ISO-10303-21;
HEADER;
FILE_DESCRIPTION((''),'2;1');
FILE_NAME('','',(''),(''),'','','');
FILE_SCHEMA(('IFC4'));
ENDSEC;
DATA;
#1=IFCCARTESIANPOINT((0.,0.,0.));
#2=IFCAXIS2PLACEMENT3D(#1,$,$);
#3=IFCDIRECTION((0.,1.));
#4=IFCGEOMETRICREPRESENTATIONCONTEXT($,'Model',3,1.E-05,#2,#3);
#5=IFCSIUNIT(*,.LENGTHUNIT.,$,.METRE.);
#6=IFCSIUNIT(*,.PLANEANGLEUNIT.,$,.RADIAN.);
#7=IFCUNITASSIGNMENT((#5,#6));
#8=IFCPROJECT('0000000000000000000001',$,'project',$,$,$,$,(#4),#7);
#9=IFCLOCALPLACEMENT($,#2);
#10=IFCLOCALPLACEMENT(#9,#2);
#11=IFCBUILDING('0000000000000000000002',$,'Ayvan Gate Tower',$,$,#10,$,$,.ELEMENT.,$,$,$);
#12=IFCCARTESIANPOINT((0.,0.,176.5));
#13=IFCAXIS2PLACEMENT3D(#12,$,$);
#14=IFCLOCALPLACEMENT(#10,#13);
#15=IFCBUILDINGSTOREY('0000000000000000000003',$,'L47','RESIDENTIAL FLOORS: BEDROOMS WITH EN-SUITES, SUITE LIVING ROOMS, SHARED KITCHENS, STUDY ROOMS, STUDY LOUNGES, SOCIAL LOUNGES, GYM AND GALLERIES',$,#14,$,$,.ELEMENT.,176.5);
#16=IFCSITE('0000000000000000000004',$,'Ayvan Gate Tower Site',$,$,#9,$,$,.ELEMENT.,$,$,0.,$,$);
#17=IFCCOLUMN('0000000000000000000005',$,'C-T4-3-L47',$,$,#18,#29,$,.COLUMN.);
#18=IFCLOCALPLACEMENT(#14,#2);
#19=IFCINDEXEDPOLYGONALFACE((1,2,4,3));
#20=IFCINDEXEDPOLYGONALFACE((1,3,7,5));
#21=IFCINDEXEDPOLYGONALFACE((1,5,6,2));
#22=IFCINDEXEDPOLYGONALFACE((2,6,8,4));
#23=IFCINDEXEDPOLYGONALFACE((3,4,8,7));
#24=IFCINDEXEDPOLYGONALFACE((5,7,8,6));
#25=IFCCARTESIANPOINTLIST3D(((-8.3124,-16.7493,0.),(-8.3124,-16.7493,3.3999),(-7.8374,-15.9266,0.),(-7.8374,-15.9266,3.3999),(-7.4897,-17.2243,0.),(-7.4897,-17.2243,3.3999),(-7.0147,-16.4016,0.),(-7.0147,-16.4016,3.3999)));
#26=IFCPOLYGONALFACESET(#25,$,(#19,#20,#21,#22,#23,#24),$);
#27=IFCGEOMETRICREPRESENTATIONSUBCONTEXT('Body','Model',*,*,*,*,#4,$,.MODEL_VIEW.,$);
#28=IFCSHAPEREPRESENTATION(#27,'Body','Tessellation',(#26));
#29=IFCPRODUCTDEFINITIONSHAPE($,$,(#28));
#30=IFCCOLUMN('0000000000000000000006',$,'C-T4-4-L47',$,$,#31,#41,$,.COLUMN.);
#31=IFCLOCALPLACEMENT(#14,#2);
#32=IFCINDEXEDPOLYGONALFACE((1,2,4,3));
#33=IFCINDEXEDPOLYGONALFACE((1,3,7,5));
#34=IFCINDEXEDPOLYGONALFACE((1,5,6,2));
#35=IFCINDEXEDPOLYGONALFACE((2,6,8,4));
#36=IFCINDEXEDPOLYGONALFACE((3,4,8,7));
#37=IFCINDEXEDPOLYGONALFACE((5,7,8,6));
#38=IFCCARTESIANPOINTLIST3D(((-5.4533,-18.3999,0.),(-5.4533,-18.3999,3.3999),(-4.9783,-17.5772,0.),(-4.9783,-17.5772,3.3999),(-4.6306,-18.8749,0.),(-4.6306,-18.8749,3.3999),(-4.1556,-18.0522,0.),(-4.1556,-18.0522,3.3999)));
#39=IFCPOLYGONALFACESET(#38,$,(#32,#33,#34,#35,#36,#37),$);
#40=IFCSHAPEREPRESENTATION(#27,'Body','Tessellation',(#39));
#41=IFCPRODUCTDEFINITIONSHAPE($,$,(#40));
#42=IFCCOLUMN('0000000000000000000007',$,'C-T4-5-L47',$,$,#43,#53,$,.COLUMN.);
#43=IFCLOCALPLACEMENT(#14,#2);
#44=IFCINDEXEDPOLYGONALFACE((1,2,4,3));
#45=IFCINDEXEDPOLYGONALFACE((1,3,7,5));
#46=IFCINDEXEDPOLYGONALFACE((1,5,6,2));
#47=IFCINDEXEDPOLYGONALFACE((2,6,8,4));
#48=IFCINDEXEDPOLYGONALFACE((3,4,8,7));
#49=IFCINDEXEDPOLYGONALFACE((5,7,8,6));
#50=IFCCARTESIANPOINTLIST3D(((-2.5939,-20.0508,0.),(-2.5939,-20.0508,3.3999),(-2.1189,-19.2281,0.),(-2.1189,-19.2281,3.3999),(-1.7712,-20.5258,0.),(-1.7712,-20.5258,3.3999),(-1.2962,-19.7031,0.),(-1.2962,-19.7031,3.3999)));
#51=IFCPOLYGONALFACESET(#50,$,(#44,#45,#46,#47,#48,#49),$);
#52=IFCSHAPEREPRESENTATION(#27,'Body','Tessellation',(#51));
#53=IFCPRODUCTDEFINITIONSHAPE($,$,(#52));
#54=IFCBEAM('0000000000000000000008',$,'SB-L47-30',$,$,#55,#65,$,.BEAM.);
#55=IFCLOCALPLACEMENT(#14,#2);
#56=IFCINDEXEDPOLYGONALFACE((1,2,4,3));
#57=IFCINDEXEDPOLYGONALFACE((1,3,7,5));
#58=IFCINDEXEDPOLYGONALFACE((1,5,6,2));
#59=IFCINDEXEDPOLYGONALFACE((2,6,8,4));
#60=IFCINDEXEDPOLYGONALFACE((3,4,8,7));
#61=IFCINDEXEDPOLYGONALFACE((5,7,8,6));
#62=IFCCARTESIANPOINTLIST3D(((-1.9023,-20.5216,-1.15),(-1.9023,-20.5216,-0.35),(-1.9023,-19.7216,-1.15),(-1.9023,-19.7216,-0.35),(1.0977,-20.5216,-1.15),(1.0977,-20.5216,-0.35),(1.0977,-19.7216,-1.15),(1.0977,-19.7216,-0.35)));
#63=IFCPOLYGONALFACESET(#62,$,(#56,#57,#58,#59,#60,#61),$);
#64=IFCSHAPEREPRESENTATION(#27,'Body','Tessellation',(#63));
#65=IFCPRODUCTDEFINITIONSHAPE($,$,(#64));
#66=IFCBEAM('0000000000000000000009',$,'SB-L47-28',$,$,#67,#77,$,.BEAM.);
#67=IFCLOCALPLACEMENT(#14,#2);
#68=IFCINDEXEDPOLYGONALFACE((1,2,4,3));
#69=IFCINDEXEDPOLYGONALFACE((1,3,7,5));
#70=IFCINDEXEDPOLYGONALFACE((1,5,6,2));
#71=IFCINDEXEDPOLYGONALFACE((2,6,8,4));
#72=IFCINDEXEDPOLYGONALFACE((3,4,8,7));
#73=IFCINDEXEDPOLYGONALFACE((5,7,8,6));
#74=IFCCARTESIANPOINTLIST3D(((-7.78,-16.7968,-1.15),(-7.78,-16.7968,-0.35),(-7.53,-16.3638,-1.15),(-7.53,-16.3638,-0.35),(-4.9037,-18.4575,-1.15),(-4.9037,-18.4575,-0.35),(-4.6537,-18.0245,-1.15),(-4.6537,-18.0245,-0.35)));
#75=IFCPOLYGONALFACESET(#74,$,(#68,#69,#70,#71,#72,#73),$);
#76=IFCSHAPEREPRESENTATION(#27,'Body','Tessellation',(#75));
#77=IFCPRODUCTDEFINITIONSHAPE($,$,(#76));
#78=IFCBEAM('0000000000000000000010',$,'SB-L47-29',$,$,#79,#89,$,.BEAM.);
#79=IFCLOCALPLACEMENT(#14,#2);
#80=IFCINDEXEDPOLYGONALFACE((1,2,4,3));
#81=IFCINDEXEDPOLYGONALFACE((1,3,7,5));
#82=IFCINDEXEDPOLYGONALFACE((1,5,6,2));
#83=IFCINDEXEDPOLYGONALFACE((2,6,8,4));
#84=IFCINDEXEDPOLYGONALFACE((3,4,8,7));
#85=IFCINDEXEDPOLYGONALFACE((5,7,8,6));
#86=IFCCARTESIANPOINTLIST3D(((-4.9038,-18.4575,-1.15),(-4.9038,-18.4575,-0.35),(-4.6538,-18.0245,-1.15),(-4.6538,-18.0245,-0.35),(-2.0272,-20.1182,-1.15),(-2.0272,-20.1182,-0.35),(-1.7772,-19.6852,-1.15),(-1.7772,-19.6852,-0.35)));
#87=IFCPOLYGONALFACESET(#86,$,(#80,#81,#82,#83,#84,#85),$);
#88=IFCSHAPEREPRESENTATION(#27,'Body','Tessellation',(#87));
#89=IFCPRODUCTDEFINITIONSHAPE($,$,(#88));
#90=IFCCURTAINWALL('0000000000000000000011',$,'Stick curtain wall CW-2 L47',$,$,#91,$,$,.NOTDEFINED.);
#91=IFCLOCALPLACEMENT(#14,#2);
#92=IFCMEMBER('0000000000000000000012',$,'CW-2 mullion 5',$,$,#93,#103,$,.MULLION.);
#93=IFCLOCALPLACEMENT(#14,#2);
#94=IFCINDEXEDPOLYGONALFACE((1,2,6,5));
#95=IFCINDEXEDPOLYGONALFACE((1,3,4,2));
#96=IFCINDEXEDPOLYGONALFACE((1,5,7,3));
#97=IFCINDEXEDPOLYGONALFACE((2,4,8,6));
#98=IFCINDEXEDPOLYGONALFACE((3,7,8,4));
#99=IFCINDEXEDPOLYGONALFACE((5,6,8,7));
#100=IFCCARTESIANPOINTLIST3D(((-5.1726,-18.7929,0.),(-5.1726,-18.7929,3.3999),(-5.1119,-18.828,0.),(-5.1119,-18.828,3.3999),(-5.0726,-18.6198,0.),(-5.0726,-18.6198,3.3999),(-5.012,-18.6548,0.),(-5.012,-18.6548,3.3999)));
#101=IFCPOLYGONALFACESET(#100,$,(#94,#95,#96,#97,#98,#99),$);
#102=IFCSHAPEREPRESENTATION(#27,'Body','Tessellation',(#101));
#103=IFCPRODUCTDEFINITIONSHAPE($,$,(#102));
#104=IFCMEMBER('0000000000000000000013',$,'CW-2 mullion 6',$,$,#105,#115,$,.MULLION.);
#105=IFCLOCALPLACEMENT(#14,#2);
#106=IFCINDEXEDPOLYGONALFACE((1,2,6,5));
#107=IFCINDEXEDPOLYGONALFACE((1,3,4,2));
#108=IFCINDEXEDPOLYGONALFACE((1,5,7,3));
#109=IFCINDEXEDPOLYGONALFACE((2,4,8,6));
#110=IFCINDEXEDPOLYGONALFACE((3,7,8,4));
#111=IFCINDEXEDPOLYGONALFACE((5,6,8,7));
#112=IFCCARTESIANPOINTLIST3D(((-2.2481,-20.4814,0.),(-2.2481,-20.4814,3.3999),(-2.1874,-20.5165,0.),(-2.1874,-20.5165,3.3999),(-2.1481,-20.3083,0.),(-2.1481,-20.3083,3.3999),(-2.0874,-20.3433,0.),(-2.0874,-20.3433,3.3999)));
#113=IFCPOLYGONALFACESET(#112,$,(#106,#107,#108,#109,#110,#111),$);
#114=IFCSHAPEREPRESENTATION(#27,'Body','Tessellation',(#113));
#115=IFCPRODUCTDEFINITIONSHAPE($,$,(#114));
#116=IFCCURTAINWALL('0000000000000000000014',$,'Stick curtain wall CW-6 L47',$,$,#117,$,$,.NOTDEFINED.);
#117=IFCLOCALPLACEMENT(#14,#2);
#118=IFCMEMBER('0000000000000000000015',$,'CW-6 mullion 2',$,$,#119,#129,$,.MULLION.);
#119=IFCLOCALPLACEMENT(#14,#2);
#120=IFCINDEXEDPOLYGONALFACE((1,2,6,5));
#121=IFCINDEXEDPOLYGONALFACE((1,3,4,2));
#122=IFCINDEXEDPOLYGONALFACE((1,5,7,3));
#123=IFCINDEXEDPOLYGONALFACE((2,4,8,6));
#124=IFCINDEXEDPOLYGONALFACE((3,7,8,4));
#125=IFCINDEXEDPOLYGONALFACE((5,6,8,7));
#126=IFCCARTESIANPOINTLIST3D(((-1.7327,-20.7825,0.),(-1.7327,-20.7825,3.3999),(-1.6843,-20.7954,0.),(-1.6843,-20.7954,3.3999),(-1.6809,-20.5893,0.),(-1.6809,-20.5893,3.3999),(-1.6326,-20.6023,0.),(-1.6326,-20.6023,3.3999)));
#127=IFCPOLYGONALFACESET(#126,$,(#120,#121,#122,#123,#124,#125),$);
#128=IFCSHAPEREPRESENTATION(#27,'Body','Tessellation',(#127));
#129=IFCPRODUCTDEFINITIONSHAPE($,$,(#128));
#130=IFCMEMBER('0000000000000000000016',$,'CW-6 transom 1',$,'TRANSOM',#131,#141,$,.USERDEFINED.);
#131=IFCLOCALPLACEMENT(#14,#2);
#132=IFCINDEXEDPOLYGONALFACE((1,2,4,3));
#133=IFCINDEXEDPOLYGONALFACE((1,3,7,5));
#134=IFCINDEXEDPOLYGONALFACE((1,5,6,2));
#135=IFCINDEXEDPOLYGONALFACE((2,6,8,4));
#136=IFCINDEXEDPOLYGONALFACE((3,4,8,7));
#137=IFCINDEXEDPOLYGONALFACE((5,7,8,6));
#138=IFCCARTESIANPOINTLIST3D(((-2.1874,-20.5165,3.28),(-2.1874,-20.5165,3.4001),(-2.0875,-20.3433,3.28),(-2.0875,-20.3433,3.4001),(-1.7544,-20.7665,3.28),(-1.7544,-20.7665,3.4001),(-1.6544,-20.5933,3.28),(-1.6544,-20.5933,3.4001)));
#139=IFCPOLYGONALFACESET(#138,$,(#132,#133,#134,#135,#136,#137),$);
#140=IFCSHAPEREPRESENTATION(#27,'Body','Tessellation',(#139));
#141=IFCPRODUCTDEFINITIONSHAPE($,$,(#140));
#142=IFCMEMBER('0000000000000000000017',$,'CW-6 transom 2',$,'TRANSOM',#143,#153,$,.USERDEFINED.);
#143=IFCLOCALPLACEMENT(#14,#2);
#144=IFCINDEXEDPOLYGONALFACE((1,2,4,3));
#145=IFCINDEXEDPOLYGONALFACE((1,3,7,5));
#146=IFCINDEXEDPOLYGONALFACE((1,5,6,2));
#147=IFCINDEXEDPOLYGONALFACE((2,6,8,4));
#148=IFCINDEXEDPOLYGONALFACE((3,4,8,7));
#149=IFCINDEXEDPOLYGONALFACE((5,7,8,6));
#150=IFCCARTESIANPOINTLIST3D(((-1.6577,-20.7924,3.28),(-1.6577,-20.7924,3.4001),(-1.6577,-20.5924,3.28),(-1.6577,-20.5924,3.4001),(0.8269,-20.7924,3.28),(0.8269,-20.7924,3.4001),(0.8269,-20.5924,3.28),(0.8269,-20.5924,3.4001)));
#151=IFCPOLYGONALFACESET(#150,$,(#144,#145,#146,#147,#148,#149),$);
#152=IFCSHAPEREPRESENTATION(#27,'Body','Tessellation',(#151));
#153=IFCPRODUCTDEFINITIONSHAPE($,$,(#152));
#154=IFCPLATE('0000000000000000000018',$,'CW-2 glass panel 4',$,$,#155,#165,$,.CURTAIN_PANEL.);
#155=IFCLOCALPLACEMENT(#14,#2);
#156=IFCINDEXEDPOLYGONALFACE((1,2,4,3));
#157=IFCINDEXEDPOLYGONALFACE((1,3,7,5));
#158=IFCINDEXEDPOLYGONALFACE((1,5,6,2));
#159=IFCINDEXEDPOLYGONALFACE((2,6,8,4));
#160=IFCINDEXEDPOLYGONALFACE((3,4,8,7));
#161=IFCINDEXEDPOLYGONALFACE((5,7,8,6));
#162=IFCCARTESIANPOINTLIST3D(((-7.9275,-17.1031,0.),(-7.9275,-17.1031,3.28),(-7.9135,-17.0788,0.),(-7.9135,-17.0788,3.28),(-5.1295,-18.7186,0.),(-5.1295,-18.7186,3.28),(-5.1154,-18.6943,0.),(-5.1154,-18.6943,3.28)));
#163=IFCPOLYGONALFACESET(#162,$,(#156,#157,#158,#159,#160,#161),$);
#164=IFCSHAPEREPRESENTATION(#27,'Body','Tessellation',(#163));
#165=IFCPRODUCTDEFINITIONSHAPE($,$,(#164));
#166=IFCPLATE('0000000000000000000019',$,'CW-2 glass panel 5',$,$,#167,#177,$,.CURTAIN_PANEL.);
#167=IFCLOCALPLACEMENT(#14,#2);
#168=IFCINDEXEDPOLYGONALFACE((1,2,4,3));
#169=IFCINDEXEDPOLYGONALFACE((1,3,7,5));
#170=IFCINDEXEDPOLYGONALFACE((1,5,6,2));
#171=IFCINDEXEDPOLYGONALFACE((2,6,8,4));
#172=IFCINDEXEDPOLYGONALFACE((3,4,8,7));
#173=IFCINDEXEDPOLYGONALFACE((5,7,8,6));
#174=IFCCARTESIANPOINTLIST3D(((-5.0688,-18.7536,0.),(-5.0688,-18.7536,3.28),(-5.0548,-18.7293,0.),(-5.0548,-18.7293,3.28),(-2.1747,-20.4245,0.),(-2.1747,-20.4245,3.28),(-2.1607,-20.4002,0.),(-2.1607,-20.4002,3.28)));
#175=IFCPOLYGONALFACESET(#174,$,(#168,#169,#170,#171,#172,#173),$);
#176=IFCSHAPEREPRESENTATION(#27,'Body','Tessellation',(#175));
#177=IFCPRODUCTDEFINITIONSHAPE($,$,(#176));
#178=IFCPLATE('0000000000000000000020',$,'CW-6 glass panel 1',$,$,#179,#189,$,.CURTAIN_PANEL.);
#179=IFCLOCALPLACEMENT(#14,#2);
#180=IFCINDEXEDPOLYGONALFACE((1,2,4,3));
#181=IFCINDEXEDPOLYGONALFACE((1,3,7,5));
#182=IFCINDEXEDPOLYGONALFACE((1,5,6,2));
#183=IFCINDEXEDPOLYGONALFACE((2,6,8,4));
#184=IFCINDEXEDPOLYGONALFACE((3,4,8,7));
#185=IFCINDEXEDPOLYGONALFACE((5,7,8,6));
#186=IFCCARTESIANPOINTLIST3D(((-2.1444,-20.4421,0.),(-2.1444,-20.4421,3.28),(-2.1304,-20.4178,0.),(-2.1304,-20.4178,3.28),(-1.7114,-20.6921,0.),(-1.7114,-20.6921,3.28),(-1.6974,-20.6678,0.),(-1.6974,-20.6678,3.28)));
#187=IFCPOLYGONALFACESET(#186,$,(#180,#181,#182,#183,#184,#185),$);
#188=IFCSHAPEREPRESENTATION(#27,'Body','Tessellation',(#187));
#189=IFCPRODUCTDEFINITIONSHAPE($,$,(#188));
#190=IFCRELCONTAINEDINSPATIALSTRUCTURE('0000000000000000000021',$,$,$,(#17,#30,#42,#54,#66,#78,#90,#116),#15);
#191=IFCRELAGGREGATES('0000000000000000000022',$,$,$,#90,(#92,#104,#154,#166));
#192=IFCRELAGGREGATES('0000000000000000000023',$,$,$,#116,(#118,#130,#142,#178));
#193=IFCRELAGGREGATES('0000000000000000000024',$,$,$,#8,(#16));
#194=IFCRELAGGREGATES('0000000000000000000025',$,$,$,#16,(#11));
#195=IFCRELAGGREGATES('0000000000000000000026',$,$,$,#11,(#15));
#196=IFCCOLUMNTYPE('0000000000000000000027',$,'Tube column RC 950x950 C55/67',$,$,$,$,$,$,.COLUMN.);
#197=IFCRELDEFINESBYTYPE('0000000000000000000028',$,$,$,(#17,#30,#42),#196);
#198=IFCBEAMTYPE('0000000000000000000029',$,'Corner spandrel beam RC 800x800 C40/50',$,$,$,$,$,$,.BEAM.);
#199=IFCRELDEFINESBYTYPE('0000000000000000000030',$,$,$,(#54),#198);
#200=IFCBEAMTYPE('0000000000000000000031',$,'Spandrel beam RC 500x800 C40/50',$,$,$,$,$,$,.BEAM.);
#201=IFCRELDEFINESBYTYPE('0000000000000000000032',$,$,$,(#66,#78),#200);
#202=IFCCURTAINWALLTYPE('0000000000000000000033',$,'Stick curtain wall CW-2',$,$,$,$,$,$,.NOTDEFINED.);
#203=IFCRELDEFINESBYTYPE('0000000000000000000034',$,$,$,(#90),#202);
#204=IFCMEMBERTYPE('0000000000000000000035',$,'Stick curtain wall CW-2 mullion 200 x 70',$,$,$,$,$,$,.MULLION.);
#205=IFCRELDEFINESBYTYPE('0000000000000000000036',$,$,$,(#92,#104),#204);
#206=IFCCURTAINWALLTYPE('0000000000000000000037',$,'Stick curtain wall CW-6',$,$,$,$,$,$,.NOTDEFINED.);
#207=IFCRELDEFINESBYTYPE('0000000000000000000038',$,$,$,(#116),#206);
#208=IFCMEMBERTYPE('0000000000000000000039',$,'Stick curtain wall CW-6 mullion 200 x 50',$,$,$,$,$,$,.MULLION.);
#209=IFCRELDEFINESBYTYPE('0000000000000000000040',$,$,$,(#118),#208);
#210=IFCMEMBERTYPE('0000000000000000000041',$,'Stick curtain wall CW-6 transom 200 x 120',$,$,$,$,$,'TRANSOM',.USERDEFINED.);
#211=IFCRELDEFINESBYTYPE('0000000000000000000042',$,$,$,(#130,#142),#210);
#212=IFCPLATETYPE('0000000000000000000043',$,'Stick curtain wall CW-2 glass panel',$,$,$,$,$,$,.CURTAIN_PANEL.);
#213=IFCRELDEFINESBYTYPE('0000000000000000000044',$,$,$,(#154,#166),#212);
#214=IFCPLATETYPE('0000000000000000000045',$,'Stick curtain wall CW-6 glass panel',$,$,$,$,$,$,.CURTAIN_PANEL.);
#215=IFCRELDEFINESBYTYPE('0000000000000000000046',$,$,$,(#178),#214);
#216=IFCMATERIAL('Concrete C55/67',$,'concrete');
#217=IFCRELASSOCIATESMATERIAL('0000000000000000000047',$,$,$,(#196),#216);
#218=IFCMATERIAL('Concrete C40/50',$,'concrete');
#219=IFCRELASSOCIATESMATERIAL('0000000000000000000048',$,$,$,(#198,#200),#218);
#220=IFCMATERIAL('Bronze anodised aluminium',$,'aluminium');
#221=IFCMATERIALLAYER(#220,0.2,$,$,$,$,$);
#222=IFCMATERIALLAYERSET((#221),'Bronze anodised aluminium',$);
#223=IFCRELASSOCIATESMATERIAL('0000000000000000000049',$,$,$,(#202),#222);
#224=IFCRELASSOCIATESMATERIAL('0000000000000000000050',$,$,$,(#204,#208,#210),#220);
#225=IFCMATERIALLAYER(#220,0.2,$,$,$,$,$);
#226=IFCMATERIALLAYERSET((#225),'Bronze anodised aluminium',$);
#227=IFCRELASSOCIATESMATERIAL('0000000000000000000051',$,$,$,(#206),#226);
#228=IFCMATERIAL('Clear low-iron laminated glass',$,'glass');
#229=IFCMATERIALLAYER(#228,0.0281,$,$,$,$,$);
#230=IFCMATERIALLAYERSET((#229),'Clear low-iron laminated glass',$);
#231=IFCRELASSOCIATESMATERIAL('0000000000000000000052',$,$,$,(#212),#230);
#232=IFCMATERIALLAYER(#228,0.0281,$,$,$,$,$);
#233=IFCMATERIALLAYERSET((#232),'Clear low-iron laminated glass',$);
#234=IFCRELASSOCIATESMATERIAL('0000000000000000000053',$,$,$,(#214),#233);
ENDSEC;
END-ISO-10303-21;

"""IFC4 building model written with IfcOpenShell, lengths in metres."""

from ifc_helpers import new_model, si_unit, direction, frame, origin, origin_2d, place, context, subcontext, project, spatial, rectangle, extrude, material, layer, layer_set, material_profile, profile_set, type_object, element, aggregate, save


model = new_model("IFC4")

# Units and contexts
model_context = context("Model", 3, precision=1e-05, world=origin(), true_north=direction((0.0, 1.0)))
body_context = subcontext(model_context, "Body", "Model", "MODEL_VIEW")
ifc_project = project(units=[si_unit("LENGTHUNIT", "METRE"), si_unit("PLANEANGLEUNIT", "RADIAN")], contexts=[model_context])

# Site, building, storey
site_placement = place(None, origin())
site = spatial("IfcSite", under=ifc_project, at=site_placement, Name="Ayvan Gate Tower Site", CompositionType="ELEMENT", RefElevation=0.0)
building_placement = place(site_placement, origin())
building = spatial("IfcBuilding", under=site, at=building_placement, Name="Ayvan Gate Tower", CompositionType="ELEMENT")
storey_placement = place(building_placement, frame((0.0, 0.0, 176.5)))
storey = spatial("IfcBuildingStorey", under=building, at=storey_placement, Name="L47", Description="RESIDENTIAL FLOORS: BEDROOMS WITH EN-SUITES, SUITE LIVING ROOMS, SHARED KITCHENS, STUDY ROOMS, STUDY LOUNGES, SOCIAL LOUNGES, GYM AND GALLERIES", CompositionType="ELEMENT", Elevation=176.5)

# Columns
ifc_material_1 = material(Name="Concrete C55/67", Category="concrete")
ifc_material_profile_1 = material_profile(ifc_material_1, rectangle(XDim=0.95, YDim=0.95, at=origin_2d()), Name="RC 950x950")
ifc_profile_set_1 = profile_set([ifc_material_profile_1], Name="Concrete C55/67")
column_type = type_object("IfcColumnType", Name="Tube column RC 950x950 C55/67", PredefinedType="COLUMN", material=ifc_profile_set_1)
for number, where, z_axis, x_axis, name in (
    (1, (-7.6636, -16.5754, 0.0), (0.0, 0.0, 1.0), (-0.5, -0.866025, 0.0), "C-T4-3-L47"),
    (2, (-4.8044, -18.2261, 0.0), (0.0, 0.0, 1.0), (-0.5, -0.866025, 0.0), "C-T4-4-L47"),
    (3, (-1.9451, -19.877, 0.0), (0.0, 0.0, 1.0), (-0.5, -0.866025, 0.0), "C-T4-5-L47"),
):
    element("IfcColumn", number, at=place(storey_placement, frame(where, z_axis=z_axis, x_axis=x_axis)), inside=storey, type_object=column_type, Name=name, PredefinedType="COLUMN", context=body_context, shape_type="SweptSolid", body=[
        extrude(rectangle(XDim=0.95, YDim=0.95, at=origin_2d()), origin(), (0.0, 0.0, 1.0), 3.3999),
    ])

# Beams
ifc_material_2 = material(Name="Concrete C40/50", Category="concrete")
ifc_material_profile_2 = material_profile(ifc_material_2, rectangle(XDim=0.8, YDim=0.8, at=origin_2d()), Name="RC 800x800")
ifc_profile_set_2 = profile_set([ifc_material_profile_2], Name="Concrete C40/50")
beam_type_1 = type_object("IfcBeamType", Name="Corner spandrel beam RC 800x800 C40/50", PredefinedType="BEAM", material=ifc_profile_set_2)
beam_1_placement = place(storey_placement, frame((-1.9023, -20.1216, -0.75), z_axis=(1.0, 0.0, 0.0), x_axis=(0.0, 1.0, 0.0)))
element("IfcBeam", 4, at=beam_1_placement, inside=storey, type_object=beam_type_1, Name="SB-L47-30", PredefinedType="BEAM", context=body_context, shape_type="SweptSolid", body=[
    extrude(rectangle(XDim=0.8, YDim=0.8, at=origin_2d()), origin(), (0.0, 0.0, 1.0), 3.0),
])
ifc_material_profile_3 = material_profile(ifc_material_2, rectangle(XDim=0.5, YDim=0.8, at=origin_2d()), Name="RC 500x800")
ifc_profile_set_3 = profile_set([ifc_material_profile_3], Name="Concrete C40/50")
beam_type_2 = type_object("IfcBeamType", Name="Spandrel beam RC 500x800 C40/50", PredefinedType="BEAM", material=ifc_profile_set_3)
beam_2_placement = place(storey_placement, frame((-7.655, -16.5803, -0.75), z_axis=(0.866018, -0.500013, 0.0), x_axis=(0.500013, 0.866018, 0.0)))
element("IfcBeam", 5, at=beam_2_placement, inside=storey, type_object=beam_type_2, Name="SB-L47-28", PredefinedType="BEAM", context=body_context, shape_type="SweptSolid", body=[
    extrude(rectangle(XDim=0.5, YDim=0.8, at=origin_2d()), origin(), (0.0, 0.0, 1.0), 3.3213),
])
beam_3_placement = place(storey_placement, frame((-4.7788, -18.241, -0.75), z_axis=(0.866036, -0.499981, 0.0), x_axis=(0.499981, 0.866036, 0.0)))
element("IfcBeam", 6, at=beam_3_placement, inside=storey, type_object=beam_type_2, Name="SB-L47-29", PredefinedType="BEAM", context=body_context, shape_type="SweptSolid", body=[
    extrude(rectangle(XDim=0.5, YDim=0.8, at=origin_2d()), origin(), (0.0, 0.0, 1.0), 3.3215),
])

# Curtain walls, members
ifc_material_3 = material(Name="Bronze anodised aluminium", Category="aluminium")
ifc_layer_1 = layer(ifc_material_3, 0.2)
ifc_layer_set_1 = layer_set([ifc_layer_1], Name="Bronze anodised aluminium")
curtain_wall_type_1 = type_object("IfcCurtainWallType", Name="Stick curtain wall CW-2", PredefinedType="NOTDEFINED", material=ifc_layer_set_1)
curtain_wall_1_placement = place(storey_placement, origin())
curtain_wall_1 = element("IfcCurtainWall", 7, at=curtain_wall_1_placement, inside=storey, type_object=curtain_wall_type_1, Name="Stick curtain wall CW-2 L47", PredefinedType="NOTDEFINED")
ifc_material_profile_4 = material_profile(ifc_material_3, rectangle(XDim=0.2, YDim=0.0701, at=origin_2d()), Name="Stick curtain wall CW-2 mullion 200 x 70")
ifc_profile_set_4 = profile_set([ifc_material_profile_4], Name="Bronze anodised aluminium")
member_type_1 = type_object("IfcMemberType", Name="Stick curtain wall CW-2 mullion 200 x 70", PredefinedType="MULLION", material=ifc_profile_set_4)
member_1_placement = place(storey_placement, frame((-5.0923, -18.7239, 0.0), z_axis=(0.0, 0.0, 1.0), x_axis=(-0.5, -0.866025, 0.0)))
member_1 = element("IfcMember", 8, at=member_1_placement, type_object=member_type_1, Name="CW-2 mullion 5", PredefinedType="MULLION", context=body_context, shape_type="SweptSolid", body=[
    extrude(rectangle(XDim=0.2, YDim=0.0701, at=origin_2d()), origin(), (0.0, 0.0, 1.0), 3.3999),
])
member_2_placement = place(storey_placement, frame((-2.1677, -20.4124, 0.0), z_axis=(0.0, 0.0, 1.0), x_axis=(-0.5, -0.866025, 0.0)))
member_2 = element("IfcMember", 9, at=member_2_placement, type_object=member_type_1, Name="CW-2 mullion 6", PredefinedType="MULLION", context=body_context, shape_type="SweptSolid", body=[
    extrude(rectangle(XDim=0.2, YDim=0.0701, at=origin_2d()), origin(), (0.0, 0.0, 1.0), 3.3999),
])
ifc_layer_2 = layer(ifc_material_3, 0.2)
ifc_layer_set_2 = layer_set([ifc_layer_2], Name="Bronze anodised aluminium")
curtain_wall_type_2 = type_object("IfcCurtainWallType", Name="Stick curtain wall CW-6", PredefinedType="NOTDEFINED", material=ifc_layer_set_2)
curtain_wall_2_placement = place(storey_placement, origin())
curtain_wall_2 = element("IfcCurtainWall", 10, at=curtain_wall_2_placement, inside=storey, type_object=curtain_wall_type_2, Name="Stick curtain wall CW-6 L47", PredefinedType="NOTDEFINED")
ifc_material_profile_5 = material_profile(ifc_material_3, rectangle(XDim=0.2, YDim=0.05, at=origin_2d()), Name="Stick curtain wall CW-6 mullion 200 x 50")
ifc_profile_set_5 = profile_set([ifc_material_profile_5], Name="Bronze anodised aluminium")
member_type_2 = type_object("IfcMemberType", Name="Stick curtain wall CW-6 mullion 200 x 50", PredefinedType="MULLION", material=ifc_profile_set_5)
member_3_placement = place(storey_placement, frame((-1.6826, -20.6924, 0.0), z_axis=(0.0, 0.0, 1.0), x_axis=(-0.258819, -0.965926, 0.0)))
member_3 = element("IfcMember", 11, at=member_3_placement, type_object=member_type_2, Name="CW-6 mullion 2", PredefinedType="MULLION", context=body_context, shape_type="SweptSolid", body=[
    extrude(rectangle(XDim=0.2, YDim=0.05, at=origin_2d()), origin(), (0.0, 0.0, 1.0), 3.3999),
])
ifc_material_profile_6 = material_profile(ifc_material_3, rectangle(XDim=0.2, YDim=0.1201, at=origin_2d()), Name="Stick curtain wall CW-6 transom 200 x 120")
ifc_profile_set_6 = profile_set([ifc_material_profile_6], Name="Bronze anodised aluminium")
member_type_3 = type_object("IfcMemberType", Name="Stick curtain wall CW-6 transom 200 x 120", ElementType="TRANSOM", PredefinedType="USERDEFINED", material=ifc_profile_set_6)
member_4_placement = place(storey_placement, frame((-2.1375, -20.4299, 3.3401), z_axis=(0.866072, -0.49992, 0.0), x_axis=(0.49992, 0.866072, 0.0)))
member_4 = element("IfcMember", 12, at=member_4_placement, type_object=member_type_3, Name="CW-6 transom 1", ObjectType="TRANSOM", PredefinedType="USERDEFINED", context=body_context, shape_type="SweptSolid", body=[
    extrude(rectangle(XDim=0.2, YDim=0.1201, at=origin_2d()), origin(), (0.0, 0.0, 1.0), 0.5),
])
member_5_placement = place(storey_placement, frame((-1.6577, -20.6924, 3.3401), z_axis=(1.0, 0.0, 0.0), x_axis=(0.0, 1.0, 0.0)))
member_5 = element("IfcMember", 13, at=member_5_placement, type_object=member_type_3, Name="CW-6 transom 2", ObjectType="TRANSOM", PredefinedType="USERDEFINED", context=body_context, shape_type="SweptSolid", body=[
    extrude(rectangle(XDim=0.2, YDim=0.1201, at=origin_2d()), origin(), (0.0, 0.0, 1.0), 2.4846),
])

# Plates
ifc_material_4 = material(Name="Clear low-iron laminated glass", Category="glass")
ifc_layer_3 = layer(ifc_material_4, 0.0281)
ifc_layer_set_3 = layer_set([ifc_layer_3], Name="Clear low-iron laminated glass")
plate_type_1 = type_object("IfcPlateType", Name="Stick curtain wall CW-2 glass panel", PredefinedType="CURTAIN_PANEL", material=ifc_layer_set_3)
plate_1_placement = place(storey_placement, frame((-6.5215, -17.8987, 0.0), z_axis=(0.0, 0.0, 1.0), x_axis=(0.866025, -0.5, 0.0)))
plate_1 = element("IfcPlate", 14, at=plate_1_placement, type_object=plate_type_1, Name="CW-2 glass panel 4", PredefinedType="CURTAIN_PANEL", context=body_context, shape_type="SweptSolid", body=[
    extrude(rectangle(XDim=3.231, YDim=0.0281, at=origin_2d()), origin(), (0.0, 0.0, 1.0), 3.28),
])
plate_2_placement = place(storey_placement, frame((-3.6147, -19.5769, 0.0), z_axis=(0.0, 0.0, 1.0), x_axis=(0.866025, -0.5, 0.0)))
plate_2 = element("IfcPlate", 15, at=plate_2_placement, type_object=plate_type_1, Name="CW-2 glass panel 5", PredefinedType="CURTAIN_PANEL", context=body_context, shape_type="SweptSolid", body=[
    extrude(rectangle(XDim=3.3418, YDim=0.0281, at=origin_2d()), origin(), (0.0, 0.0, 1.0), 3.28),
])
aggregate(curtain_wall_1, [member_1, member_2, plate_1, plate_2])
ifc_layer_4 = layer(ifc_material_4, 0.0281)
ifc_layer_set_4 = layer_set([ifc_layer_4], Name="Clear low-iron laminated glass")
plate_type_2 = type_object("IfcPlateType", Name="Stick curtain wall CW-6 glass panel", PredefinedType="CURTAIN_PANEL", material=ifc_layer_set_4)
plate_3_placement = place(storey_placement, frame((-1.9209, -20.5549, 0.0), z_axis=(0.0, 0.0, 1.0), x_axis=(0.866025, -0.5, 0.0)))
plate_3 = element("IfcPlate", 16, at=plate_3_placement, type_object=plate_type_2, Name="CW-6 glass panel 1", PredefinedType="CURTAIN_PANEL", context=body_context, shape_type="SweptSolid", body=[
    extrude(rectangle(XDim=0.5, YDim=0.0281, at=origin_2d()), origin(), (0.0, 0.0, 1.0), 3.28),
])
aggregate(curtain_wall_2, [member_3, member_4, member_5, plate_3])

save(model, "model.ifc")
